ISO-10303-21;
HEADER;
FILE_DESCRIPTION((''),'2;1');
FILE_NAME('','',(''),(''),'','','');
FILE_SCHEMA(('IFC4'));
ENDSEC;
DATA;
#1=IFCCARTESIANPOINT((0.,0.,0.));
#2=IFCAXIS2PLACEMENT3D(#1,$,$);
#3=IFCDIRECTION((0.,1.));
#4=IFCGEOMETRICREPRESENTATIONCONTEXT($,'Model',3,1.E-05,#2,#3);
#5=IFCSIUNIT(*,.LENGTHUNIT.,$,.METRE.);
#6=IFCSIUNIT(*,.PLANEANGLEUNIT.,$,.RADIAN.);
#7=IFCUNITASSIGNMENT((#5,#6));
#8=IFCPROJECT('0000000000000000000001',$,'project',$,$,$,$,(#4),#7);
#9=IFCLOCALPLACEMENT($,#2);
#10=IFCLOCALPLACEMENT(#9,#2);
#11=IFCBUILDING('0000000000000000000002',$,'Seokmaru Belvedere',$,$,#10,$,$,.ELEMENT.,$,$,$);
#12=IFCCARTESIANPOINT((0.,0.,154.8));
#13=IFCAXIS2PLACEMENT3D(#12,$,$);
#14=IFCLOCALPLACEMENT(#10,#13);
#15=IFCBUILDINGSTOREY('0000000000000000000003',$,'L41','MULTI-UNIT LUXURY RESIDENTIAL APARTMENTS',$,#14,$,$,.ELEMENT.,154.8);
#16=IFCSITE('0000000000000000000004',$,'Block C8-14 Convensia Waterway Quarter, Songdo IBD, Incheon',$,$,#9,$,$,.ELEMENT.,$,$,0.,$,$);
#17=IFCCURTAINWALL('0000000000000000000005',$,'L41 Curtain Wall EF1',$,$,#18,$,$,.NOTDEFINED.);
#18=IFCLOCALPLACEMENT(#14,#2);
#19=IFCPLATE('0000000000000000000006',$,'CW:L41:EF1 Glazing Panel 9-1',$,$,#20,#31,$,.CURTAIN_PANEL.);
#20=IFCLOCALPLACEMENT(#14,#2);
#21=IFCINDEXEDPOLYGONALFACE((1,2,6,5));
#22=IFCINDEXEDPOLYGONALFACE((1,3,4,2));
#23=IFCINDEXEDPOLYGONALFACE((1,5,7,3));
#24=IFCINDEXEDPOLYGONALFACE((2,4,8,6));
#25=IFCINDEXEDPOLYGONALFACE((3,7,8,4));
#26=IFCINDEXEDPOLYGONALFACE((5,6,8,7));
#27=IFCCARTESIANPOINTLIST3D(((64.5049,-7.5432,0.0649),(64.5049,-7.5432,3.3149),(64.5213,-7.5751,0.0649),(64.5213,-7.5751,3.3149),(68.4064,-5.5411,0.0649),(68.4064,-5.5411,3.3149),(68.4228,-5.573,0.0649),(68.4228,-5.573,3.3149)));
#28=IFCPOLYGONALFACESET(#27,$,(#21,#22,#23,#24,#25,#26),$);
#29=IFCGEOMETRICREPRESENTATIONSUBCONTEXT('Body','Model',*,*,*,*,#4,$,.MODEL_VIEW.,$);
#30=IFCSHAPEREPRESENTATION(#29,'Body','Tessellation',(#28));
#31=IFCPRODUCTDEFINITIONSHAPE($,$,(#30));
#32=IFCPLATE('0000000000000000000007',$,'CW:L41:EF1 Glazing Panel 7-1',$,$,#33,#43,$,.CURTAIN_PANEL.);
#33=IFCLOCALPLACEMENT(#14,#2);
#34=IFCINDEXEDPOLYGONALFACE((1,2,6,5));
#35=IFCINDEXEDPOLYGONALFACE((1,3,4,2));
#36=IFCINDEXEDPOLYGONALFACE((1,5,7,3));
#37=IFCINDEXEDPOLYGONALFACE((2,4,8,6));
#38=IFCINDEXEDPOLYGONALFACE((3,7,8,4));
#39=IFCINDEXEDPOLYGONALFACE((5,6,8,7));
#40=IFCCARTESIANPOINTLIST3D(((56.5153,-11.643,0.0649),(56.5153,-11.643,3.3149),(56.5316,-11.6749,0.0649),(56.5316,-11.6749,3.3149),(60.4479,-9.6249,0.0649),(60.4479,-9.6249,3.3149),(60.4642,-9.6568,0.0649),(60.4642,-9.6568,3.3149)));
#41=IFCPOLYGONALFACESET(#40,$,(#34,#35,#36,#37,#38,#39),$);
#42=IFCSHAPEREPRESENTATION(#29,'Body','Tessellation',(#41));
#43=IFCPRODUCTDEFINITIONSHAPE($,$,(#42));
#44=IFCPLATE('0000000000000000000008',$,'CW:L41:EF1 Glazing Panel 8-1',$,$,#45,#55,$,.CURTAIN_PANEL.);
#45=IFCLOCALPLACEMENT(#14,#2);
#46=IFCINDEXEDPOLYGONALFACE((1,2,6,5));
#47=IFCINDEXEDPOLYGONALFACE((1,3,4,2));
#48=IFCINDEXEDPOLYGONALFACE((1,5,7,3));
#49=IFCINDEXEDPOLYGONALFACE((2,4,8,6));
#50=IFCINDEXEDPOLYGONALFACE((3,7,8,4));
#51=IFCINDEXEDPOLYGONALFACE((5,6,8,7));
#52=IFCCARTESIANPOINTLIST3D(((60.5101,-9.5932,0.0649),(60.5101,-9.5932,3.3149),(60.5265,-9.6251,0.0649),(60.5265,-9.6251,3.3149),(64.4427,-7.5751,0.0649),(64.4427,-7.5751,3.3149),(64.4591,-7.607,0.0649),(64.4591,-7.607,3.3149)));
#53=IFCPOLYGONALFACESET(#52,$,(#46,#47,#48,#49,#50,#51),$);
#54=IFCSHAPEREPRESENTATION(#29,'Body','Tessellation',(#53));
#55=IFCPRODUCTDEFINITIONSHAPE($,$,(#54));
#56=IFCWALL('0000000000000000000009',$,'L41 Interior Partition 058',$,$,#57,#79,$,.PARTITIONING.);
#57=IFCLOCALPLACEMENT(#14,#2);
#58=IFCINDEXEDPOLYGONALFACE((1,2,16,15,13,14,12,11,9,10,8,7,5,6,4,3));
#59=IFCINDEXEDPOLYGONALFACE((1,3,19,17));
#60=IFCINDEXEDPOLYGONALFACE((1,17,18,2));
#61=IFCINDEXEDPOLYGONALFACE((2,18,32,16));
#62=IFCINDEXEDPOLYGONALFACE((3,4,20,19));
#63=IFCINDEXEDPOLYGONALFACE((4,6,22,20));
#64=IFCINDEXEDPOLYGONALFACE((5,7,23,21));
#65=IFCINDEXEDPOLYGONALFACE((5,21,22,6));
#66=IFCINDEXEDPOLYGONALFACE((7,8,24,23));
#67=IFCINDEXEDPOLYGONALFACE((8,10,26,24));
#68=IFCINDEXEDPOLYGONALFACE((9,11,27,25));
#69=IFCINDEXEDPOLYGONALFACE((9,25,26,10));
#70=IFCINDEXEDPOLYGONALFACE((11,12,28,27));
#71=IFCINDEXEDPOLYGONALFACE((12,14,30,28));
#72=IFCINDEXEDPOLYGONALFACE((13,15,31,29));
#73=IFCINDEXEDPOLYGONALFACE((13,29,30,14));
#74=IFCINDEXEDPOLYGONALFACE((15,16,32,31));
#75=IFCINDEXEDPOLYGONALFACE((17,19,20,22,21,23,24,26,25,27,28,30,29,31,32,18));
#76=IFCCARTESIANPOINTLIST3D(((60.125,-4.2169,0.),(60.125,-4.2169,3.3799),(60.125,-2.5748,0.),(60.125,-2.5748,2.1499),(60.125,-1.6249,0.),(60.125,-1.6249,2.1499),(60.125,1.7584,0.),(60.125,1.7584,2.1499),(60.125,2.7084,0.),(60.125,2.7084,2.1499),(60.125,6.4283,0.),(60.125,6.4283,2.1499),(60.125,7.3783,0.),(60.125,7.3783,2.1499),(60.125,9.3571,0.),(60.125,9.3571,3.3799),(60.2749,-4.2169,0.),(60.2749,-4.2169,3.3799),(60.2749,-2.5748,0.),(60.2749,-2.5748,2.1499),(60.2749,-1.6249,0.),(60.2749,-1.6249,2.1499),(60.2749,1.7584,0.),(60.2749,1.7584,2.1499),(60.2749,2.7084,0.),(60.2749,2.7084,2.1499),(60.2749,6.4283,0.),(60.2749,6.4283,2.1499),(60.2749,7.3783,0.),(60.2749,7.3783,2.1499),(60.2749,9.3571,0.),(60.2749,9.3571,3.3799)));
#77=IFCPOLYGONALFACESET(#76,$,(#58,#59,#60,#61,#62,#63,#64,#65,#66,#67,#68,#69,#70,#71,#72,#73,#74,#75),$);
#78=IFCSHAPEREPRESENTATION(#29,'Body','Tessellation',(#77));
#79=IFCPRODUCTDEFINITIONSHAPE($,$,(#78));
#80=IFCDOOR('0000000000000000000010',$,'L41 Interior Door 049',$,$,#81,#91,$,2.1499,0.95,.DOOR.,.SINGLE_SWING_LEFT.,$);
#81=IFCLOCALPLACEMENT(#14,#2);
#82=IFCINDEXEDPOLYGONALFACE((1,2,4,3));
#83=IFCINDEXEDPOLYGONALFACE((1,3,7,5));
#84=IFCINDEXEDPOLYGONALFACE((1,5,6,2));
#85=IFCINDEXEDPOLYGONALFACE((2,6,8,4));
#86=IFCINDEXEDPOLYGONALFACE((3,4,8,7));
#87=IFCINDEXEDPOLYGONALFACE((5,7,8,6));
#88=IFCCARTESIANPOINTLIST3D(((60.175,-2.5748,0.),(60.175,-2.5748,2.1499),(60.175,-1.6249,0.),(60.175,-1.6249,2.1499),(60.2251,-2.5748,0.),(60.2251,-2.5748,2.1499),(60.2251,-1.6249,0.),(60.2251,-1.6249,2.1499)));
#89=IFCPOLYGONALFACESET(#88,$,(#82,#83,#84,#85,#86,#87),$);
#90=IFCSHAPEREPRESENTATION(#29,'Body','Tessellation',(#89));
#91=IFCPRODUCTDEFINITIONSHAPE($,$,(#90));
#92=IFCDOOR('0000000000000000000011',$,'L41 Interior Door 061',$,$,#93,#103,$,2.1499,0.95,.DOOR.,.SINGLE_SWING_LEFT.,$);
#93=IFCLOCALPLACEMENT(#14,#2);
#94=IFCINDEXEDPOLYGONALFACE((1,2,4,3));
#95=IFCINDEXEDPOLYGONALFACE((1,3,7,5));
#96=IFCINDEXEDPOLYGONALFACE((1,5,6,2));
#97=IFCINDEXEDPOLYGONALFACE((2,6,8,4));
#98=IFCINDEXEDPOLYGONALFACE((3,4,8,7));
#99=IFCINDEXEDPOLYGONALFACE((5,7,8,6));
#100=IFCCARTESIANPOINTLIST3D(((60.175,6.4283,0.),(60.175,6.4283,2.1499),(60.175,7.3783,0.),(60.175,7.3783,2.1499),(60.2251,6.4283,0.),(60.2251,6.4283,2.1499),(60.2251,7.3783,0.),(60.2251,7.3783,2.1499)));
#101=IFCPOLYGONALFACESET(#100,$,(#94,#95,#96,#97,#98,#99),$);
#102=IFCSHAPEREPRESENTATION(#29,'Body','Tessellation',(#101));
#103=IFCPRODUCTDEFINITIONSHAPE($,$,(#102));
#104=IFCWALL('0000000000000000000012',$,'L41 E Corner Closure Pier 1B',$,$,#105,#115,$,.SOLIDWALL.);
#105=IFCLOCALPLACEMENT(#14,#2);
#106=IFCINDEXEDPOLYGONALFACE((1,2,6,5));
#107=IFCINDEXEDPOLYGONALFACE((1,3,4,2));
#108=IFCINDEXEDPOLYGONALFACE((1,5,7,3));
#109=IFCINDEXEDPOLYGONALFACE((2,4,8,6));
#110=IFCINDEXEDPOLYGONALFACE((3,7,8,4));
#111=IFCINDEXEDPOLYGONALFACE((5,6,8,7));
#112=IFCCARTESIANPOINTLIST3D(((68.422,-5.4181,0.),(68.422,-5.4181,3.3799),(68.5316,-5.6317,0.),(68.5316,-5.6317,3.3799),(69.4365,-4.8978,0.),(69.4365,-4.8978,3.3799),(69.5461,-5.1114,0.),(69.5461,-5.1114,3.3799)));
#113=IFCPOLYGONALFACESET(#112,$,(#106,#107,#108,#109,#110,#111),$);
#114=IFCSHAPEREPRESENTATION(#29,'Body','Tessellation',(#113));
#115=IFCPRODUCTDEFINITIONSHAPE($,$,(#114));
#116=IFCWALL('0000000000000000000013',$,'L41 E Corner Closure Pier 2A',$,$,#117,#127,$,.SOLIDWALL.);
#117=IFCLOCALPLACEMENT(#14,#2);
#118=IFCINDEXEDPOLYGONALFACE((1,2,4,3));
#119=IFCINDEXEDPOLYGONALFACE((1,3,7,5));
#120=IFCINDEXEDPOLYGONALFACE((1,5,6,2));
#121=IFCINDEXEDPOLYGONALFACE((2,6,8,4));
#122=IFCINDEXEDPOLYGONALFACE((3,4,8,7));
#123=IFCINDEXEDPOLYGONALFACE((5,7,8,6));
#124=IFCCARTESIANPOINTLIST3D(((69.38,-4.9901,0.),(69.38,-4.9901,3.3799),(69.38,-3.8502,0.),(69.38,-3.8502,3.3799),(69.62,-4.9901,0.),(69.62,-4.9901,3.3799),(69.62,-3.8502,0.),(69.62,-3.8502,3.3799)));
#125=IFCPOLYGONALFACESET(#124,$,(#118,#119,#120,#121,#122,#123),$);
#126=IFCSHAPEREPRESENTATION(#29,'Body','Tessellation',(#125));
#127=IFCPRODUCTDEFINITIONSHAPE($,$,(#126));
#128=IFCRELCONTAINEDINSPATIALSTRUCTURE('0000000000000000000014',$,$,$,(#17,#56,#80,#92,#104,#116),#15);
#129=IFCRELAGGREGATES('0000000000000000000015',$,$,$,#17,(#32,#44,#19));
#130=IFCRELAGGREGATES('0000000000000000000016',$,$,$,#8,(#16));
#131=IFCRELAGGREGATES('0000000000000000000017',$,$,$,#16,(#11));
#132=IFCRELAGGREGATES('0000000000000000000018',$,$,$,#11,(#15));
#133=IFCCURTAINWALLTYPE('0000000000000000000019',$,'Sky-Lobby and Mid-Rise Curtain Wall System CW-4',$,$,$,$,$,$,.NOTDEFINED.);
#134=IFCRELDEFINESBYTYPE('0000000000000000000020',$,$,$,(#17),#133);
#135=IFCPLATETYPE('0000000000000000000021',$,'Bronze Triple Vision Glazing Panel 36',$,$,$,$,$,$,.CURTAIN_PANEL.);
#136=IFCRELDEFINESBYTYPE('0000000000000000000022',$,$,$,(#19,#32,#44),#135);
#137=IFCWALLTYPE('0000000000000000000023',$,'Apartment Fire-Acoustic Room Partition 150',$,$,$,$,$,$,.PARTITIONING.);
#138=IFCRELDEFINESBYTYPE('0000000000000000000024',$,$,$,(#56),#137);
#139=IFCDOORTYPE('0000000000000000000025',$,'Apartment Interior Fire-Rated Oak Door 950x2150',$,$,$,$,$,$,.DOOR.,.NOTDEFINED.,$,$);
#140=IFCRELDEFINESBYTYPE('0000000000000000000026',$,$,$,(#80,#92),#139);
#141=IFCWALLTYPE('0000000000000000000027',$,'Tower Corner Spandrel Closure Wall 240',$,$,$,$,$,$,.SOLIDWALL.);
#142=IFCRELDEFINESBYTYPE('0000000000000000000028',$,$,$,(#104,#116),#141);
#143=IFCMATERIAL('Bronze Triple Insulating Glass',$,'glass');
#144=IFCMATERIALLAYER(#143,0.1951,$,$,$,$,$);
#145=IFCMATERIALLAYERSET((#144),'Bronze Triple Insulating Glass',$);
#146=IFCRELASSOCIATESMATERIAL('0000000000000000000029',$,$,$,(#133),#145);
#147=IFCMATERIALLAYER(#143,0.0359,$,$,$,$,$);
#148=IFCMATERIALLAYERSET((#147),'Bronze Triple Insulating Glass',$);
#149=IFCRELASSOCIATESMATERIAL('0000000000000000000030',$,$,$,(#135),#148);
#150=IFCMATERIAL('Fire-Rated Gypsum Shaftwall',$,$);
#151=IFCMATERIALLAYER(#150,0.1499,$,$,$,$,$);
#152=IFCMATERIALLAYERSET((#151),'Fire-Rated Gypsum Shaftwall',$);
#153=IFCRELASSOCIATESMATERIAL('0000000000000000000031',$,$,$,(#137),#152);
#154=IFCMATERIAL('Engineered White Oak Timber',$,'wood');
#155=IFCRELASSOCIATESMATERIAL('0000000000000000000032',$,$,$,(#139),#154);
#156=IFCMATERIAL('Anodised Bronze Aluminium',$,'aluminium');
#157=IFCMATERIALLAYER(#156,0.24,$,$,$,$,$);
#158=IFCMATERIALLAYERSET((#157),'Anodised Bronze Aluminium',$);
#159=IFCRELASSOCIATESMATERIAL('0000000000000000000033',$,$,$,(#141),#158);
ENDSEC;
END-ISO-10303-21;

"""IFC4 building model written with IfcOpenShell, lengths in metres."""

from ifc_helpers import new_model, si_unit, direction, frame, frame_2d, origin, origin_2d, place, context, subcontext, project, spatial, rectangle, extrude, source, transform, mapped, material, layer, layer_set, type_object, type_shapes, element, fill, aggregate, save


model = new_model("IFC4")

# Units and contexts
model_context = context("Model", 3, precision=1e-05, world=origin(), true_north=direction((0.0, 1.0)))
body_context = subcontext(model_context, "Body", "Model", "MODEL_VIEW")
ifc_project = project(units=[si_unit("LENGTHUNIT", "METRE"), si_unit("PLANEANGLEUNIT", "RADIAN")], contexts=[model_context])

# Site, building, storey
site_placement = place(None, origin())
site = spatial("IfcSite", under=ifc_project, at=site_placement, Name="Block C8-14 Convensia Waterway Quarter, Songdo IBD, Incheon", CompositionType="ELEMENT", RefElevation=0.0)
building_placement = place(site_placement, origin())
building = spatial("IfcBuilding", under=site, at=building_placement, Name="Seokmaru Belvedere", CompositionType="ELEMENT")
storey_placement = place(building_placement, frame((0.0, 0.0, 154.8)))
storey = spatial("IfcBuildingStorey", under=building, at=storey_placement, Name="L41", Description="MULTI-UNIT LUXURY RESIDENTIAL APARTMENTS", CompositionType="ELEMENT", Elevation=154.8)

# Curtain wall, plates
ifc_material_1 = material(Name="Bronze Triple Insulating Glass", Category="glass")
ifc_layer_1 = layer(ifc_material_1, 0.1951)
ifc_layer_set_1 = layer_set([ifc_layer_1], Name="Bronze Triple Insulating Glass")
curtain_wall_type = type_object("IfcCurtainWallType", Name="Sky-Lobby and Mid-Rise Curtain Wall System CW-4", PredefinedType="NOTDEFINED", material=ifc_layer_set_1)
curtain_wall_placement = place(storey_placement, origin())
curtain_wall = element("IfcCurtainWall", 1, at=curtain_wall_placement, inside=storey, type_object=curtain_wall_type, Name="L41 Curtain Wall EF1", PredefinedType="NOTDEFINED")
ifc_material_2 = material(Name="Anodised Bronze Aluminium", Category="aluminium")
ifc_layer_2 = layer(ifc_material_1, 0.0359)
ifc_layer_set_2 = layer_set([ifc_layer_2], Name="Bronze Triple Insulating Glass")
plate_type = type_object("IfcPlateType", Name="Bronze Triple Vision Glazing Panel 36", PredefinedType="CURTAIN_PANEL", material=ifc_layer_set_2)
shared_shape_1 = source(origin(), body_context, "Body", "SweptSolid", [
    extrude(rectangle(XDim=4.3853, YDim=0.0359, at=origin_2d()), origin(), (0.0, 0.0, 1.0), 3.25),
])
plate_1_placement = place(storey_placement, frame((66.4639, -6.5581, 0.0649), z_axis=(0.0, 0.0, 1.0), x_axis=(0.889695, 0.456555, 0.0)))
plate_1 = element("IfcPlate", 2, at=plate_1_placement, type_object=plate_type, Name="CW:L41:EF1 Glazing Panel 9-1", PredefinedType="CURTAIN_PANEL", context=body_context, shape_type="MappedRepresentation", body=[
    mapped(shared_shape_1, transform((0.0, 0.0, 0.0), scale=1.0)),
])
shared_shape_2 = source(origin(), body_context, "Body", "SweptSolid", [
    extrude(rectangle(XDim=4.4202, YDim=0.0359, at=origin_2d()), origin(), (0.0, 0.0, 1.0), 3.25),
])
type_shapes(plate_type, [shared_shape_1, shared_shape_2])
plate_2_placement = place(storey_placement, frame((58.4897, -10.6499, 0.0649), z_axis=(0.0, 0.0, 1.0), x_axis=(0.889695, 0.456555, 0.0)))
plate_2 = element("IfcPlate", 3, at=plate_2_placement, type_object=plate_type, Name="CW:L41:EF1 Glazing Panel 7-1", PredefinedType="CURTAIN_PANEL", context=body_context, shape_type="MappedRepresentation", body=[
    mapped(shared_shape_2, transform((0.0, 0.0, 0.0), scale=1.0)),
])
plate_3_placement = place(storey_placement, frame((62.4846, -8.6001, 0.0649), z_axis=(0.0, 0.0, 1.0), x_axis=(0.889695, 0.456555, 0.0)))
plate_3 = element("IfcPlate", 4, at=plate_3_placement, type_object=plate_type, Name="CW:L41:EF1 Glazing Panel 8-1", PredefinedType="CURTAIN_PANEL", context=body_context, shape_type="MappedRepresentation", body=[
    mapped(shared_shape_2, transform((0.0, 0.0, 0.0), scale=1.0)),
])
aggregate(curtain_wall, [plate_2, plate_3, plate_1])

# Wall, openings, doors
ifc_material_3 = material(Name="Fire-Rated Gypsum Shaftwall")
ifc_layer_3 = layer(ifc_material_3, 0.1499)
ifc_layer_set_3 = layer_set([ifc_layer_3], Name="Fire-Rated Gypsum Shaftwall")
wall_type_1 = type_object("IfcWallType", Name="Apartment Fire-Acoustic Room Partition 150", PredefinedType="PARTITIONING", material=ifc_layer_set_3)
wall_1_placement = place(storey_placement, frame((60.2, -4.217, 0.0), z_axis=(0.0, 0.0, 1.0), x_axis=(0.0, 1.0, 0.0)))
wall_1 = element("IfcWall", 5, at=wall_1_placement, inside=storey, type_object=wall_type_1, Name="L41 Interior Partition 058", PredefinedType="PARTITIONING", context=body_context, shape_type="SweptSolid", body=[
    extrude(rectangle(XDim=13.574, YDim=0.1499, at=frame_2d((6.7871, 0.0))), origin(), (0.0, 0.0, 1.0), 3.3799),
])
opening_1_placement = place(wall_1_placement, frame((1.6421, 0.0, 0.0)))
opening_1 = element("IfcOpeningElement", 6, at=opening_1_placement, cuts=wall_1, PredefinedType="OPENING", context=body_context, shape_type="SweptSolid", body=[
    extrude(rectangle(XDim=0.95, YDim=2.1499, at=frame_2d((0.4751, 1.075))), frame((0.0, 0.085, 0.0), z_axis=(0.0, -1.0, 0.0), x_axis=(1.0, 0.0, 0.0)), (0.0, 0.0, 1.0), 0.1699),
])
opening_2_placement = place(wall_1_placement, frame((5.9753, 0.0, 0.0)))
element("IfcOpeningElement", 7, at=opening_2_placement, cuts=wall_1, PredefinedType="OPENING", context=body_context, shape_type="SweptSolid", body=[
    extrude(rectangle(XDim=0.95, YDim=2.1499, at=frame_2d((0.4751, 1.075))), frame((0.0, 0.085, 0.0), z_axis=(0.0, -1.0, 0.0), x_axis=(1.0, 0.0, 0.0)), (0.0, 0.0, 1.0), 0.1699),
])
opening_3_placement = place(wall_1_placement, frame((10.6453, 0.0, 0.0)))
opening_3 = element("IfcOpeningElement", 8, at=opening_3_placement, cuts=wall_1, PredefinedType="OPENING", context=body_context, shape_type="SweptSolid", body=[
    extrude(rectangle(XDim=0.95, YDim=2.1499, at=frame_2d((0.4751, 1.075))), frame((0.0, 0.085, 0.0), z_axis=(0.0, -1.0, 0.0), x_axis=(1.0, 0.0, 0.0)), (0.0, 0.0, 1.0), 0.1699),
])
ifc_material_4 = material(Name="Engineered White Oak Timber", Category="wood")
door_type = type_object("IfcDoorType", Name="Apartment Interior Fire-Rated Oak Door 950x2150", OperationType="NOTDEFINED", PredefinedType="DOOR", material=ifc_material_4)
shared_shape_3 = source(origin(), body_context, "Body", "SweptSolid", [
    extrude(rectangle(XDim=0.95, YDim=2.1499, at=frame_2d((0.4751, 1.075))), frame((0.0, 0.0249, 0.0), z_axis=(0.0, -1.0, 0.0), x_axis=(1.0, 0.0, 0.0)), (0.0, 0.0, 1.0), 0.05),
])
type_shapes(door_type, [shared_shape_3])
door_1_placement = place(opening_1_placement, origin())
door_1 = element("IfcDoor", 9, at=door_1_placement, inside=storey, type_object=door_type, Name="L41 Interior Door 049", OperationType="SINGLE_SWING_LEFT", OverallHeight=2.1499, OverallWidth=0.95, PredefinedType="DOOR", context=body_context, shape_type="MappedRepresentation", body=[
    mapped(shared_shape_3, transform((0.0, 0.0, 0.0), scale=1.0)),
])
fill(opening_1, door_1)
door_2_placement = place(opening_3_placement, origin())
door_2 = element("IfcDoor", 10, at=door_2_placement, inside=storey, type_object=door_type, Name="L41 Interior Door 061", OperationType="SINGLE_SWING_LEFT", OverallHeight=2.1499, OverallWidth=0.95, PredefinedType="DOOR", context=body_context, shape_type="MappedRepresentation", body=[
    mapped(shared_shape_3, transform((0.0, 0.0, 0.0), scale=1.0)),
])
fill(opening_3, door_2)

# Walls
ifc_layer_4 = layer(ifc_material_2, 0.24)
ifc_layer_set_4 = layer_set([ifc_layer_4], Name="Anodised Bronze Aluminium")
wall_type_2 = type_object("IfcWallType", Name="Tower Corner Spandrel Closure Wall 240", PredefinedType="SOLIDWALL", material=ifc_layer_set_4)
wall_2_placement = place(storey_placement, frame((68.4768, -5.5249, 0.0), z_axis=(0.0, 0.0, 1.0), x_axis=(0.889797, 0.456356, 0.0)))
element("IfcWall", 11, at=wall_2_placement, inside=storey, type_object=wall_type_2, Name="L41 E Corner Closure Pier 1B", PredefinedType="SOLIDWALL", context=body_context, shape_type="SweptSolid", body=[
    extrude(rectangle(XDim=1.1401, YDim=0.24, at=frame_2d((0.5701, 0.0))), origin(), (0.0, 0.0, 1.0), 3.3799),
])
wall_3_placement = place(storey_placement, frame((69.5, -4.99, 0.0), z_axis=(0.0, 0.0, 1.0), x_axis=(0.0, 1.0, 0.0)))
element("IfcWall", 12, at=wall_3_placement, inside=storey, type_object=wall_type_2, Name="L41 E Corner Closure Pier 2A", PredefinedType="SOLIDWALL", context=body_context, shape_type="SweptSolid", body=[
    extrude(rectangle(XDim=1.1399, YDim=0.24, at=frame_2d((0.5698, 0.0))), origin(), (0.0, 0.0, 1.0), 3.3799),
])

save(model, "model.ifc")
